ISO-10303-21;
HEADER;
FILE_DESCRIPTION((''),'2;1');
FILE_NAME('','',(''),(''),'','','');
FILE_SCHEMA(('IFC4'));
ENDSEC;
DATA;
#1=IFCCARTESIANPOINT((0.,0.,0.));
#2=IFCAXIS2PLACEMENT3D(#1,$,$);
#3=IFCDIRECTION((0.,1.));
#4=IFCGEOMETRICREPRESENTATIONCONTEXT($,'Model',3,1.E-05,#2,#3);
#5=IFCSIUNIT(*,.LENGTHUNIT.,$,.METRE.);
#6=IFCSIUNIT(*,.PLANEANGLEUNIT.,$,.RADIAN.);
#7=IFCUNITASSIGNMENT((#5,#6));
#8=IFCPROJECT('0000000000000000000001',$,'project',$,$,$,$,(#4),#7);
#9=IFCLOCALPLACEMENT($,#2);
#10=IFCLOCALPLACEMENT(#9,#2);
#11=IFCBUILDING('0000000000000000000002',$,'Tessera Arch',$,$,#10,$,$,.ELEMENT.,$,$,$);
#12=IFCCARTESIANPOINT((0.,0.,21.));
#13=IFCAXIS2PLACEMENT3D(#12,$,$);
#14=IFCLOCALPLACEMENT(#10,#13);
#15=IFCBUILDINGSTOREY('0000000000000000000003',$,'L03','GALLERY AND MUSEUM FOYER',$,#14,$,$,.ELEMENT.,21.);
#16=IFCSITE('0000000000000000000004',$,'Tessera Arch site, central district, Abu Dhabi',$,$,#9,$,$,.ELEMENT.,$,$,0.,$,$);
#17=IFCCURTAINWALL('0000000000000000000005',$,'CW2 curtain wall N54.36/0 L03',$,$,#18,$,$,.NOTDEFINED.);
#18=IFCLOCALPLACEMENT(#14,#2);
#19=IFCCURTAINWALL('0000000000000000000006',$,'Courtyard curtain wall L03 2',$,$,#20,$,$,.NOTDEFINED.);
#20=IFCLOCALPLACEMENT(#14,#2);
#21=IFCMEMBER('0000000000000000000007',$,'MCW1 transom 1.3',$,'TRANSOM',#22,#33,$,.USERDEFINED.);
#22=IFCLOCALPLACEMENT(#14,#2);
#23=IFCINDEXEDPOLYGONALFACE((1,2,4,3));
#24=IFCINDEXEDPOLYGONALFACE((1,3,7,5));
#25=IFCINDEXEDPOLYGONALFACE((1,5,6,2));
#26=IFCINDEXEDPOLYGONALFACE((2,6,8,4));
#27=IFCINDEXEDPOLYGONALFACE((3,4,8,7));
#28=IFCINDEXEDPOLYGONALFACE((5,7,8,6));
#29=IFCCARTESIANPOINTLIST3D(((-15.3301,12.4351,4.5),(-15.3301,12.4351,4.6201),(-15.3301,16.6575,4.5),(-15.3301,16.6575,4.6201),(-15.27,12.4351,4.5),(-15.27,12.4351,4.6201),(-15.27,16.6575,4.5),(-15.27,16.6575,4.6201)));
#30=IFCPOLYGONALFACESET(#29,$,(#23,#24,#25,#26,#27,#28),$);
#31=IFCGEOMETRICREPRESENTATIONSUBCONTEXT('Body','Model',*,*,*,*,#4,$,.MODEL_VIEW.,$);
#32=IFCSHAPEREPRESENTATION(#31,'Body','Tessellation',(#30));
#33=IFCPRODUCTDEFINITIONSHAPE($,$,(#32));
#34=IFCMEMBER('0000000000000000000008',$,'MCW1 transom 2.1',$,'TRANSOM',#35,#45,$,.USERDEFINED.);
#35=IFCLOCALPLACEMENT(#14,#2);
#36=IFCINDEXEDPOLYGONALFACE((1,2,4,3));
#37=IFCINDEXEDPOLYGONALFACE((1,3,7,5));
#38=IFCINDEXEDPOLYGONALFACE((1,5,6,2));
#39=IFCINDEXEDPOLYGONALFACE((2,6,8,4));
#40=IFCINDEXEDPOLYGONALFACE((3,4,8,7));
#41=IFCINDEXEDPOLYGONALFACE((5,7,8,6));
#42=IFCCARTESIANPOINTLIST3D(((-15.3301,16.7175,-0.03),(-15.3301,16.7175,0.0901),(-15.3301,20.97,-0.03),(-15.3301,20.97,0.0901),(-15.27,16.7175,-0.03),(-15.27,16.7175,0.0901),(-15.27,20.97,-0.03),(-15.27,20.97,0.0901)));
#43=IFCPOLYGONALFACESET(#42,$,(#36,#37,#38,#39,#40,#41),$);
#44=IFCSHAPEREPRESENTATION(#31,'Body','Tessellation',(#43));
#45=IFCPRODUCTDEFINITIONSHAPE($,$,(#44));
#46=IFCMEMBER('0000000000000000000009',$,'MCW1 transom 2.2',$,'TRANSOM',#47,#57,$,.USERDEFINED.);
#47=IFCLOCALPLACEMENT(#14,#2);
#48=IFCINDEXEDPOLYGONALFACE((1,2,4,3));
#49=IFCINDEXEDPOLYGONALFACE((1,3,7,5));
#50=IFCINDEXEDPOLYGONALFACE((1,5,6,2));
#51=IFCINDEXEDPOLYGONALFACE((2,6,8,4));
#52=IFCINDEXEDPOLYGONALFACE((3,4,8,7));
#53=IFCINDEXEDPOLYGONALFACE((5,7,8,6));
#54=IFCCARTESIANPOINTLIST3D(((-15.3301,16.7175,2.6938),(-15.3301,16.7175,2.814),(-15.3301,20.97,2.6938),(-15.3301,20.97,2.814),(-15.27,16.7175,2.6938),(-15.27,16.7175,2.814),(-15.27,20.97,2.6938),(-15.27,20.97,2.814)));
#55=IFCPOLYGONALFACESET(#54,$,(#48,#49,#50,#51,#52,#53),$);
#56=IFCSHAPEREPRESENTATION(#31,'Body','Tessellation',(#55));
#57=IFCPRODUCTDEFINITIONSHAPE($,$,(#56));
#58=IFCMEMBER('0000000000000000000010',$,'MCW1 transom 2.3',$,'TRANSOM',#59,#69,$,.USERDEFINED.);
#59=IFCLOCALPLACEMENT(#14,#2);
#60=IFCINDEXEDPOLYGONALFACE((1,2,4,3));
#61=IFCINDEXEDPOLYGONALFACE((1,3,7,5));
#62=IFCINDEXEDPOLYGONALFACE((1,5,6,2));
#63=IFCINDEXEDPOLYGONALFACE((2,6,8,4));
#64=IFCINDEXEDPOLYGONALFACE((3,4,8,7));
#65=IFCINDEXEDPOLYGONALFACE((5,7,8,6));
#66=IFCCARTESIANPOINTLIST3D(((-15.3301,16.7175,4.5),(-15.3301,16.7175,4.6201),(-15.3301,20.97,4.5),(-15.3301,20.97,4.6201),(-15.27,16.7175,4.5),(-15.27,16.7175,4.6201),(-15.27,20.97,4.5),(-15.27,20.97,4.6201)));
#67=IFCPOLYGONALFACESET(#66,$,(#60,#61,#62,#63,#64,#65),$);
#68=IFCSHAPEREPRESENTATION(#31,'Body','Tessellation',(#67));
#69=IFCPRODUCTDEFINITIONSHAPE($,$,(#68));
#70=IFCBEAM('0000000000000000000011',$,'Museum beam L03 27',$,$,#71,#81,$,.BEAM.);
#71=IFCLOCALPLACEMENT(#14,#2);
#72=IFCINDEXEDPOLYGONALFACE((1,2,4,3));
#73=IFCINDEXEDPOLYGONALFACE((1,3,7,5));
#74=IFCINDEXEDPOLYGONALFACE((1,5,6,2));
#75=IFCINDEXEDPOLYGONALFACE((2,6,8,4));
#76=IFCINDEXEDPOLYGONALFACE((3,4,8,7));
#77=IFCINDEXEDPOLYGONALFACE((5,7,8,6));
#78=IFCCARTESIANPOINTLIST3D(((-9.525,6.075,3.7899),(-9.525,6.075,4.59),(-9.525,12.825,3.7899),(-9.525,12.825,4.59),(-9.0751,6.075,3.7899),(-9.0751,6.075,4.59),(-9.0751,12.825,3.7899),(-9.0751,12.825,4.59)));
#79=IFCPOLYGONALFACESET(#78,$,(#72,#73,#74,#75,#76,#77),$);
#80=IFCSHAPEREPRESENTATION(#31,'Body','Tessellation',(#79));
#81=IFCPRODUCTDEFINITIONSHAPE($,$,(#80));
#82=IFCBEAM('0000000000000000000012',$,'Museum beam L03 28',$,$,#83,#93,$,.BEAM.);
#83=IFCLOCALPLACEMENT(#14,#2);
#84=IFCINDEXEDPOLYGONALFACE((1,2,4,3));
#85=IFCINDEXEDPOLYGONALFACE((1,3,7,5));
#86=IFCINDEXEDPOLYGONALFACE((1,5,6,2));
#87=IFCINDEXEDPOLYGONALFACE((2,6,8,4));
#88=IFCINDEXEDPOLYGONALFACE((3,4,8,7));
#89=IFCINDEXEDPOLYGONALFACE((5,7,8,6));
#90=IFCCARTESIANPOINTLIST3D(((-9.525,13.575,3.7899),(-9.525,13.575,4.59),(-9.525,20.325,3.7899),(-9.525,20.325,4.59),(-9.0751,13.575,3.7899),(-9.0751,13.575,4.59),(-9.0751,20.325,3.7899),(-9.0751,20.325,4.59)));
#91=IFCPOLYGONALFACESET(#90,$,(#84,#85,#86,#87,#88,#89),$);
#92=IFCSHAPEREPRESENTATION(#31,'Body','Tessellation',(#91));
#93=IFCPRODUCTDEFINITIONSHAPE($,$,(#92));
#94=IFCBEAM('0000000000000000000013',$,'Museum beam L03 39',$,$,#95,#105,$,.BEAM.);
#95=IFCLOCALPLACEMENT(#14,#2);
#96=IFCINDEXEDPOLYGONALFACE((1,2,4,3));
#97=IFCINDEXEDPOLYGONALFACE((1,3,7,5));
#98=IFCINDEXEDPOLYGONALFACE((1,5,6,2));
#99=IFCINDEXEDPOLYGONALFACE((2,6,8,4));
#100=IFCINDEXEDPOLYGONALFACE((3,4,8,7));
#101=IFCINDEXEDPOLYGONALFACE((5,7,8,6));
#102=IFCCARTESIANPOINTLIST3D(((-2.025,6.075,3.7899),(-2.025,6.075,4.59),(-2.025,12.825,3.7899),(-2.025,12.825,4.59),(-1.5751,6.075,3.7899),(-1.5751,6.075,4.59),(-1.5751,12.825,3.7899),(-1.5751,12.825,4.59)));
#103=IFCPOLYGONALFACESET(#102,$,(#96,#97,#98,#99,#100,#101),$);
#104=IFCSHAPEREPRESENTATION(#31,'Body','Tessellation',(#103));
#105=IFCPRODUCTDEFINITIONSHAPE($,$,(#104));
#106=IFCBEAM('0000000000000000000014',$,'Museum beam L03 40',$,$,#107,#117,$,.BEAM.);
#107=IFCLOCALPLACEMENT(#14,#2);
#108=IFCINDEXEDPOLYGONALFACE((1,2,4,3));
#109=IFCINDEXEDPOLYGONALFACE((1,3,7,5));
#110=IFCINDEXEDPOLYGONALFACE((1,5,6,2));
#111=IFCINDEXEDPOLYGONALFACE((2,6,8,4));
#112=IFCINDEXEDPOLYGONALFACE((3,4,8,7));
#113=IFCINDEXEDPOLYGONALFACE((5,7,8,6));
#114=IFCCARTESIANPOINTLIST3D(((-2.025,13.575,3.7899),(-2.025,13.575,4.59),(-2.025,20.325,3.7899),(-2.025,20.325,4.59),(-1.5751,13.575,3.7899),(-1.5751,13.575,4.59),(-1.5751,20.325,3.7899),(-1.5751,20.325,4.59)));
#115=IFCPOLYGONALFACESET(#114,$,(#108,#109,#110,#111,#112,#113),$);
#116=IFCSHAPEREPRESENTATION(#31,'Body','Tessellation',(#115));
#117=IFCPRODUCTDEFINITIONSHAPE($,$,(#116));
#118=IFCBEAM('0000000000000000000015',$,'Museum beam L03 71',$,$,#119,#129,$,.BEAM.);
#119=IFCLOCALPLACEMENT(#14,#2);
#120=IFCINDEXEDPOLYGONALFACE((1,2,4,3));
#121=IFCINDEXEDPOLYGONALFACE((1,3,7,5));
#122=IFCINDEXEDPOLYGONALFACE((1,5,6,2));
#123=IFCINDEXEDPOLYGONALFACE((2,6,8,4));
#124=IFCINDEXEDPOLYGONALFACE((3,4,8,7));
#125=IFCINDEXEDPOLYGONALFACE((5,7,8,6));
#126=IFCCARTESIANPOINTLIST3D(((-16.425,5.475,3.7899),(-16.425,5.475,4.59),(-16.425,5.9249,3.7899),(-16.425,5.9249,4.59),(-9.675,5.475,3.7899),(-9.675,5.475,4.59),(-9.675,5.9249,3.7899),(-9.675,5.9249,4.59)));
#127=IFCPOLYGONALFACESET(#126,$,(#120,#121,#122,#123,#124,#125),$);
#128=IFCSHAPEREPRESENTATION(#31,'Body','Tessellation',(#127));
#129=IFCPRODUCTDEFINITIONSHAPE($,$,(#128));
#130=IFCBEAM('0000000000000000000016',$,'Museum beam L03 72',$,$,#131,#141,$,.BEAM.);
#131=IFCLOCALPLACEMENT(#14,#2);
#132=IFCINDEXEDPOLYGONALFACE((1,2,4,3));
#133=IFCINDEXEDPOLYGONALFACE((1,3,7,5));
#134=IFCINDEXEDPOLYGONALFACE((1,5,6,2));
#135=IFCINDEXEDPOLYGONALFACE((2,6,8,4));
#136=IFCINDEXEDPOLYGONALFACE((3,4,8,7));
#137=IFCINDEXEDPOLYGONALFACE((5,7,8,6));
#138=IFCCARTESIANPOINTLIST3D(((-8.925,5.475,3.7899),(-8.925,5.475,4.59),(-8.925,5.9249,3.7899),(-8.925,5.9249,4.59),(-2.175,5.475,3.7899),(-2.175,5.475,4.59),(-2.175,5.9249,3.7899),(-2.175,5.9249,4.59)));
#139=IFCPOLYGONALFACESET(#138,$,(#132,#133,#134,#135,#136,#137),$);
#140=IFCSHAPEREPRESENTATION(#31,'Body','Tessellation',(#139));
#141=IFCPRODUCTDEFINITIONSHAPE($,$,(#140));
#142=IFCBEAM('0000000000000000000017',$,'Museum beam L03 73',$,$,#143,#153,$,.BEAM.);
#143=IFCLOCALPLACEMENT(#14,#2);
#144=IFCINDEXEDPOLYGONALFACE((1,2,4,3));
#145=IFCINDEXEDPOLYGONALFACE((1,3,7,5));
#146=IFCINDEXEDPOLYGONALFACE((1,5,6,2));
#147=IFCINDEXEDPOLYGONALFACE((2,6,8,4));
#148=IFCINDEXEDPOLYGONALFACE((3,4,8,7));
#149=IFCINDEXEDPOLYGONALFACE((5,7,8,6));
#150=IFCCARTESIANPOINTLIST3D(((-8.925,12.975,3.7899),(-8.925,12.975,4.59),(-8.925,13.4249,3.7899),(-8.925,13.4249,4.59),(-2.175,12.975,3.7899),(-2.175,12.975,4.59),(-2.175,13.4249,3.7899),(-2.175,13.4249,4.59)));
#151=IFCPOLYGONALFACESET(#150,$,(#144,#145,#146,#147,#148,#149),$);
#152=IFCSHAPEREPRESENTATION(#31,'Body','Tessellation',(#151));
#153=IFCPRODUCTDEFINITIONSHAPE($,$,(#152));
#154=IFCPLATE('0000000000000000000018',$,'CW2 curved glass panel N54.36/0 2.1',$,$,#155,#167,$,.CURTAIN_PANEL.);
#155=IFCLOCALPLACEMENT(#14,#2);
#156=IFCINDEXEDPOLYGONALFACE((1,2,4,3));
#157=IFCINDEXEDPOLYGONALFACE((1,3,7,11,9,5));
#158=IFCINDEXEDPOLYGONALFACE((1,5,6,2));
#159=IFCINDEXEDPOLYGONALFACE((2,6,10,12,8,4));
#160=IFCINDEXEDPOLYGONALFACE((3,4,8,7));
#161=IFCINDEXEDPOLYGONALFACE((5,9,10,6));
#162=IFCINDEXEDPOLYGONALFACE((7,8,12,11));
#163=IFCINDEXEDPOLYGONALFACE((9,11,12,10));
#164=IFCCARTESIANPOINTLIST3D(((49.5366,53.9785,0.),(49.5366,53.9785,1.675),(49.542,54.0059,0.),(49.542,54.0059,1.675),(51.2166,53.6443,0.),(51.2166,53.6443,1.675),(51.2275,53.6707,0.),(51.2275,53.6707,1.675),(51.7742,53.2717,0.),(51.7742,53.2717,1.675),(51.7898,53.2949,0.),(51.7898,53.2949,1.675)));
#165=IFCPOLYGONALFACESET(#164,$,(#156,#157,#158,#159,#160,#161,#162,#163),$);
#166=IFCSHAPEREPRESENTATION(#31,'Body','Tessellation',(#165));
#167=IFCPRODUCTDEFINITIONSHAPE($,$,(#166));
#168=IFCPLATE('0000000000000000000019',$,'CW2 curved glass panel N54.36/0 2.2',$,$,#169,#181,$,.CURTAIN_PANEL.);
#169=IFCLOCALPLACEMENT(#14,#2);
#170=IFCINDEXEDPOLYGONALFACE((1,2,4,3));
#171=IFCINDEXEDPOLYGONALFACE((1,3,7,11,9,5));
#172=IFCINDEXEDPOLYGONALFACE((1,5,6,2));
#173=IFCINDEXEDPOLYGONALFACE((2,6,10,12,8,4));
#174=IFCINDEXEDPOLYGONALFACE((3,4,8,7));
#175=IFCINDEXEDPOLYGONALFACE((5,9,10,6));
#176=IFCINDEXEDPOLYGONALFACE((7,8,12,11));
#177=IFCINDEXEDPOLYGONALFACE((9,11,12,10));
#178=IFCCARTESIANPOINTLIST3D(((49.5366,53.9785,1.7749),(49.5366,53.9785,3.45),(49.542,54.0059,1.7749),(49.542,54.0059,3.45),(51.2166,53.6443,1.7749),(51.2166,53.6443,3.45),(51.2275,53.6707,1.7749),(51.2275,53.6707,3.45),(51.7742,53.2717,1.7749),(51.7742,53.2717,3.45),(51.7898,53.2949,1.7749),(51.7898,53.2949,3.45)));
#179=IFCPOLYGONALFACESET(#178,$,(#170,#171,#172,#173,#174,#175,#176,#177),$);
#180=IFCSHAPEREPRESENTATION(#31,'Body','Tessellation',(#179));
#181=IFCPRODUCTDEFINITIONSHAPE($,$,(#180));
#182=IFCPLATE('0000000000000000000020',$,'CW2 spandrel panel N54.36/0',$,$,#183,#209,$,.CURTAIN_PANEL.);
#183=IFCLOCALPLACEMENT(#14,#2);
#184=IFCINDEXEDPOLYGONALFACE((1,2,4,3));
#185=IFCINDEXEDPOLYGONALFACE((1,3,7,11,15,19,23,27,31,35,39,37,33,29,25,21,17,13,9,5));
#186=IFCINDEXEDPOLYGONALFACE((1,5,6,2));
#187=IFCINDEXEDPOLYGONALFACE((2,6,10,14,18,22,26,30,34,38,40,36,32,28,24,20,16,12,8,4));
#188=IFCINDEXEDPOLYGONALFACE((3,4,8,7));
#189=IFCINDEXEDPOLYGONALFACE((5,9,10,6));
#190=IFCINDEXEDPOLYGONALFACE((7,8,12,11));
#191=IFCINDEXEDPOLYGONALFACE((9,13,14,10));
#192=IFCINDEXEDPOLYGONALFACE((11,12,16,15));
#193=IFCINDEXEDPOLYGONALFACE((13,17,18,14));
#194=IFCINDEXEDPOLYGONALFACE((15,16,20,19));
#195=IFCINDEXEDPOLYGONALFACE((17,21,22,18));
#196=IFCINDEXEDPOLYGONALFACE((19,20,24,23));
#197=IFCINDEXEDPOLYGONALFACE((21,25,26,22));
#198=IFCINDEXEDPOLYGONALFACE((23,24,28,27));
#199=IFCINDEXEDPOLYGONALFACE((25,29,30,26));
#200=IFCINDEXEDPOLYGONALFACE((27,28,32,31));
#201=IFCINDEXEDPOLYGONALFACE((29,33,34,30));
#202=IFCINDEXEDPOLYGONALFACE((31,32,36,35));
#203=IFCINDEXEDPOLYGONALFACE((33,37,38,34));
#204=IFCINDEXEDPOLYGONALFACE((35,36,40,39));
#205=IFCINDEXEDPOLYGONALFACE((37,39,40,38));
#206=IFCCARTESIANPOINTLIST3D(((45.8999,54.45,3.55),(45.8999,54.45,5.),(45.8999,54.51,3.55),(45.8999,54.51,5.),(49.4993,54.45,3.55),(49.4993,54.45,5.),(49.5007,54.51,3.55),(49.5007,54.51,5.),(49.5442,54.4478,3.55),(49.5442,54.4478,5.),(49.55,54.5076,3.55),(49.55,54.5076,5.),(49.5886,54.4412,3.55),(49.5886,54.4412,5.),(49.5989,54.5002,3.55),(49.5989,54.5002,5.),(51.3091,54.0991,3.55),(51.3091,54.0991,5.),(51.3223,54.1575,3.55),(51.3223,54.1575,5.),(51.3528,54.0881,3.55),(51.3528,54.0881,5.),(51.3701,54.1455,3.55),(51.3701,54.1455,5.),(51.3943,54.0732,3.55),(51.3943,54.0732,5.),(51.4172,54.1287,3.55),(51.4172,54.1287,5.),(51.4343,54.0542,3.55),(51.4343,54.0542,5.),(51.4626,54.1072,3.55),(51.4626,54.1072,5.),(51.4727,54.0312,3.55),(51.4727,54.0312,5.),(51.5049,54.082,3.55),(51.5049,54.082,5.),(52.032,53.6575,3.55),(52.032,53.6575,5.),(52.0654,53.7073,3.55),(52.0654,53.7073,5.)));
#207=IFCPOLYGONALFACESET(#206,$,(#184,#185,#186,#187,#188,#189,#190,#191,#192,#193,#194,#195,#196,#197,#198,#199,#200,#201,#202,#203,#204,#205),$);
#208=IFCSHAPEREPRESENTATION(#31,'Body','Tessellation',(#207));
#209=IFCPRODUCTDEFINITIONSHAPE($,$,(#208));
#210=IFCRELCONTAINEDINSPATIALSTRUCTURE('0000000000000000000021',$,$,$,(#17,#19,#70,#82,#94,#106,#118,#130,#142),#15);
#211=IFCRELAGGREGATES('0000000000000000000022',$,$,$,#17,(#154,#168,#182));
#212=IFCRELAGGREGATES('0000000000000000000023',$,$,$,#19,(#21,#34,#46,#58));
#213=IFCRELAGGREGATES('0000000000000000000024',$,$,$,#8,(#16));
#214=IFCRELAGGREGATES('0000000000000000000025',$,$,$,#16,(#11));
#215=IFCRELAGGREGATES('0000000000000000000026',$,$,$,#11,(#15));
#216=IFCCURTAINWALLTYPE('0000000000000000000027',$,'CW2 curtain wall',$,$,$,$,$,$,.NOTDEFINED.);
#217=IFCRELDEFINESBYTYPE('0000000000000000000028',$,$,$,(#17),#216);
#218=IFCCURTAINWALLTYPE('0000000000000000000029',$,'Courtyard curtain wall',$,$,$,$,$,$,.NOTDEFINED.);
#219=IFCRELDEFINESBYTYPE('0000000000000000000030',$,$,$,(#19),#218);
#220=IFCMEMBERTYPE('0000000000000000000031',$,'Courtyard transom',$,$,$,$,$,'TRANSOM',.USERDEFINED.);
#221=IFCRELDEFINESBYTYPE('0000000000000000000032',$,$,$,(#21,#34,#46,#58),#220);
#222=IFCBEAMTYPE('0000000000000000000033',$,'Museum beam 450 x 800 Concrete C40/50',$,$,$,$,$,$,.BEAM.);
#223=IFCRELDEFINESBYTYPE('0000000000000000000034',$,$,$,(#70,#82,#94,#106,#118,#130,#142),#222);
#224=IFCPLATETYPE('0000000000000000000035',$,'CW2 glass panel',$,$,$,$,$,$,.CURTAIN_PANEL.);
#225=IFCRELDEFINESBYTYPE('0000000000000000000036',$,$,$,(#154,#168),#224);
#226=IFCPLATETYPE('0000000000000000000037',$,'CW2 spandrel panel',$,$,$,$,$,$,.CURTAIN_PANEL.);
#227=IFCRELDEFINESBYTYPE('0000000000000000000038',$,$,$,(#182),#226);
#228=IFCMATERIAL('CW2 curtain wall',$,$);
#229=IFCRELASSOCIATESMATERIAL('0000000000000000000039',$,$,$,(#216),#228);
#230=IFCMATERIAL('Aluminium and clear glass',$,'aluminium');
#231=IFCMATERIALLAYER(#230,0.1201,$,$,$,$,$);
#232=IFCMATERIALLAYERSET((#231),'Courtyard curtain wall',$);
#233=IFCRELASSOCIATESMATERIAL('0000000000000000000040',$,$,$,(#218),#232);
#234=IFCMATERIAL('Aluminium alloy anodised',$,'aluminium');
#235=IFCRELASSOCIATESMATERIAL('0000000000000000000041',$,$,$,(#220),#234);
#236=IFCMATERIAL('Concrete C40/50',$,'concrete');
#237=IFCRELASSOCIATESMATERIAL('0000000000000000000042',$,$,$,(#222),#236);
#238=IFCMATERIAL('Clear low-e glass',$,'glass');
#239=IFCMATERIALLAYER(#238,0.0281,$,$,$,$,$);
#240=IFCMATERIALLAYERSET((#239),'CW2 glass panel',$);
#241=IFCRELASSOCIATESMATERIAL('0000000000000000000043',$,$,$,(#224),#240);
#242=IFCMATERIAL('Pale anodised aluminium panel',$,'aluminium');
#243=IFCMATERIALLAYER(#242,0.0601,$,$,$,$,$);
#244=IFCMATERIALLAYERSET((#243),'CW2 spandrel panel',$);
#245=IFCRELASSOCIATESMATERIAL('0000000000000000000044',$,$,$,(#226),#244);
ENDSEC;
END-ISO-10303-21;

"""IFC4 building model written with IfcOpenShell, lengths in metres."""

from ifc_helpers import new_model, si_unit, direction, frame, origin, origin_2d, place, context, subcontext, project, spatial, polyline, rectangle, outline, extrude, material, layer, layer_set, material_profile, profile_set, type_object, element, aggregate, save


model = new_model("IFC4")

# Units and contexts
model_context = context("Model", 3, precision=1e-05, world=origin(), true_north=direction((0.0, 1.0)))
body_context = subcontext(model_context, "Body", "Model", "MODEL_VIEW")
ifc_project = project(units=[si_unit("LENGTHUNIT", "METRE"), si_unit("PLANEANGLEUNIT", "RADIAN")], contexts=[model_context])

# Site, building, storey
site_placement = place(None, origin())
site = spatial("IfcSite", under=ifc_project, at=site_placement, Name="Tessera Arch site, central district, Abu Dhabi", CompositionType="ELEMENT", RefElevation=0.0)
building_placement = place(site_placement, origin())
building = spatial("IfcBuilding", under=site, at=building_placement, Name="Tessera Arch", CompositionType="ELEMENT")
storey_placement = place(building_placement, frame((0.0, 0.0, 21.0)))
storey = spatial("IfcBuildingStorey", under=building, at=storey_placement, Name="L03", Description="GALLERY AND MUSEUM FOYER", CompositionType="ELEMENT", Elevation=21.0)

# Curtain wall
ifc_material_1 = material(Name="CW2 curtain wall")
curtain_wall_type_1 = type_object("IfcCurtainWallType", Name="CW2 curtain wall", PredefinedType="NOTDEFINED", material=ifc_material_1)
curtain_wall_1_placement = place(storey_placement, origin())
curtain_wall_1 = element("IfcCurtainWall", 1, at=curtain_wall_1_placement, inside=storey, type_object=curtain_wall_type_1, Name="CW2 curtain wall N54.36/0 L03", PredefinedType="NOTDEFINED")

# Shared definitions
ifc_material_2 = material(Name="Aluminium and clear glass", Category="aluminium")
ifc_layer_1 = layer(ifc_material_2, 0.1201)
ifc_layer_set_1 = layer_set([ifc_layer_1], Name="Courtyard curtain wall")
curtain_wall_type_2 = type_object("IfcCurtainWallType", Name="Courtyard curtain wall", PredefinedType="NOTDEFINED", material=ifc_layer_set_1)

# Curtain wall, members
curtain_wall_2_placement = place(storey_placement, origin())
curtain_wall_2 = element("IfcCurtainWall", 2, at=curtain_wall_2_placement, inside=storey, type_object=curtain_wall_type_2, Name="Courtyard curtain wall L03 2", PredefinedType="NOTDEFINED")
ifc_material_3 = material(Name="Aluminium alloy anodised", Category="aluminium")
ifc_material_profile_1 = material_profile(ifc_material_3, rectangle(XDim=0.0601, YDim=0.1201, at=origin_2d()), Name="Courtyard transom")
ifc_profile_set_1 = profile_set([ifc_material_profile_1], Name="Aluminium alloy anodised")
member_type_1 = type_object("IfcMemberType", Name="Courtyard transom", ElementType="TRANSOM", PredefinedType="USERDEFINED", material=ifc_profile_set_1)
member_1_placement = place(storey_placement, frame((-15.3, 12.4351, 4.5601), z_axis=(0.0, 1.0, 0.0), x_axis=(-1.0, 0.0, 0.0)))
member_1 = element("IfcMember", 3, at=member_1_placement, type_object=member_type_1, Name="MCW1 transom 1.3", ObjectType="TRANSOM", PredefinedType="USERDEFINED", context=body_context, shape_type="SweptSolid", body=[
    extrude(rectangle(XDim=0.0601, YDim=0.1201, at=origin_2d()), origin(), (0.0, 0.0, 1.0), 4.2224),
])
member_2_placement = place(storey_placement, frame((-15.3, 16.7175, 0.03), z_axis=(0.0, 1.0, 0.0), x_axis=(-1.0, 0.0, 0.0)))
member_2 = element("IfcMember", 4, at=member_2_placement, type_object=member_type_1, Name="MCW1 transom 2.1", ObjectType="TRANSOM", PredefinedType="USERDEFINED", context=body_context, shape_type="SweptSolid", body=[
    extrude(rectangle(XDim=0.0601, YDim=0.1201, at=origin_2d()), origin(), (0.0, 0.0, 1.0), 4.2524),
])
member_3_placement = place(storey_placement, frame((-15.3, 16.7175, 2.7539), z_axis=(0.0, 1.0, 0.0), x_axis=(-1.0, 0.0, 0.0)))
member_3 = element("IfcMember", 5, at=member_3_placement, type_object=member_type_1, Name="MCW1 transom 2.2", ObjectType="TRANSOM", PredefinedType="USERDEFINED", context=body_context, shape_type="SweptSolid", body=[
    extrude(rectangle(XDim=0.0601, YDim=0.1201, at=origin_2d()), origin(), (0.0, 0.0, 1.0), 4.2524),
])
member_4_placement = place(storey_placement, frame((-15.3, 16.7175, 4.5601), z_axis=(0.0, 1.0, 0.0), x_axis=(-1.0, 0.0, 0.0)))
member_4 = element("IfcMember", 6, at=member_4_placement, type_object=member_type_1, Name="MCW1 transom 2.3", ObjectType="TRANSOM", PredefinedType="USERDEFINED", context=body_context, shape_type="SweptSolid", body=[
    extrude(rectangle(XDim=0.0601, YDim=0.1201, at=origin_2d()), origin(), (0.0, 0.0, 1.0), 4.2524),
])

# Beams
ifc_material_4 = material(Name="Concrete C40/50", Category="concrete")
ifc_material_profile_2 = material_profile(ifc_material_4, rectangle(XDim=0.45, YDim=0.8, at=origin_2d()), Name="Museum beam 450 x 800 Concrete C40/50")
ifc_profile_set_2 = profile_set([ifc_material_profile_2], Name="Concrete C40/50")
beam_type = type_object("IfcBeamType", Name="Museum beam 450 x 800 Concrete C40/50", PredefinedType="BEAM", material=ifc_profile_set_2)
for number, where, z_axis, x_axis, name in (
    (7, (-9.3, 6.075, 4.1899), (0.0, 1.0, 0.0), (-1.0, 0.0, 0.0), "Museum beam L03 27"),
    (8, (-9.3, 13.575, 4.1899), (0.0, 1.0, 0.0), (-1.0, 0.0, 0.0), "Museum beam L03 28"),
    (9, (-1.8, 6.075, 4.1899), (0.0, 1.0, 0.0), (-1.0, 0.0, 0.0), "Museum beam L03 39"),
    (10, (-1.8, 13.575, 4.1899), (0.0, 1.0, 0.0), (-1.0, 0.0, 0.0), "Museum beam L03 40"),
    (11, (-16.425, 5.7, 4.1899), (1.0, 0.0, 0.0), (0.0, 1.0, 0.0), "Museum beam L03 71"),
    (12, (-8.925, 5.7, 4.1899), (1.0, 0.0, 0.0), (0.0, 1.0, 0.0), "Museum beam L03 72"),
    (13, (-8.925, 13.2, 4.1899), (1.0, 0.0, 0.0), (0.0, 1.0, 0.0), "Museum beam L03 73"),
):
    element("IfcBeam", number, at=place(storey_placement, frame(where, z_axis=z_axis, x_axis=x_axis)), inside=storey, type_object=beam_type, Name=name, PredefinedType="BEAM", context=body_context, shape_type="SweptSolid", body=[
        extrude(rectangle(XDim=0.45, YDim=0.8, at=origin_2d()), origin(), (0.0, 0.0, 1.0), 6.75),
    ])

# Plates
ifc_material_5 = material(Name="Clear low-e glass", Category="glass")
ifc_layer_2 = layer(ifc_material_5, 0.0281)
ifc_layer_set_2 = layer_set([ifc_layer_2], Name="CW2 glass panel")
plate_type_1 = type_object("IfcPlateType", Name="CW2 glass panel", PredefinedType="CURTAIN_PANEL", material=ifc_layer_set_2)
plate_1_placement = place(storey_placement, origin())
plate_1 = element("IfcPlate", 14, at=plate_1_placement, type_object=plate_type_1, Name="CW2 curved glass panel N54.36/0 2.1", PredefinedType="CURTAIN_PANEL", context=body_context, shape_type="SweptSolid", body=[
    extrude(outline(polyline([(51.2166, 53.6443), (51.7742, 53.2717), (51.7898, 53.2949), (51.2275, 53.6707), (49.542, 54.0059), (49.5366, 53.9785), (51.2166, 53.6443)])), origin(), (0.0, 0.0, 1.0), 1.675),
])
plate_2_placement = place(storey_placement, frame((0.0, 0.0, 1.7749)))
plate_2 = element("IfcPlate", 15, at=plate_2_placement, type_object=plate_type_1, Name="CW2 curved glass panel N54.36/0 2.2", PredefinedType="CURTAIN_PANEL", context=body_context, shape_type="SweptSolid", body=[
    extrude(outline(polyline([(51.2166, 53.6443), (51.7742, 53.2717), (51.7898, 53.2949), (51.2275, 53.6707), (49.542, 54.0059), (49.5366, 53.9785), (51.2166, 53.6443)])), origin(), (0.0, 0.0, 1.0), 1.675),
])
ifc_material_6 = material(Name="Pale anodised aluminium panel", Category="aluminium")
ifc_layer_3 = layer(ifc_material_6, 0.0601)
ifc_layer_set_3 = layer_set([ifc_layer_3], Name="CW2 spandrel panel")
plate_type_2 = type_object("IfcPlateType", Name="CW2 spandrel panel", PredefinedType="CURTAIN_PANEL", material=ifc_layer_set_3)
plate_3_placement = place(storey_placement, frame((0.0, 0.0, 3.55)))
plate_3 = element("IfcPlate", 16, at=plate_3_placement, type_object=plate_type_2, Name="CW2 spandrel panel N54.36/0", PredefinedType="CURTAIN_PANEL", context=body_context, shape_type="SweptSolid", body=[
    extrude(outline(polyline([(51.4727, 54.0312), (52.032, 53.6575), (52.0654, 53.7073), (51.5049, 54.082), (51.4626, 54.1072), (51.4172, 54.1287), (51.3701, 54.1455), (51.3223, 54.1575), (49.5989, 54.5002), (49.55, 54.5076), (49.5007, 54.51), (45.8999, 54.51), (45.8999, 54.45), (49.4993, 54.45), (49.5442, 54.4478), (49.5886, 54.4412), (51.3091, 54.0991), (51.3528, 54.0881), (51.3943, 54.0732), (51.4343, 54.0542), (51.4727, 54.0312)])), origin(), (0.0, 0.0, 1.0), 1.45),
])
aggregate(curtain_wall_1, [plate_1, plate_2, plate_3])
aggregate(curtain_wall_2, [member_1, member_2, member_3, member_4])

save(model, "model.ifc")
